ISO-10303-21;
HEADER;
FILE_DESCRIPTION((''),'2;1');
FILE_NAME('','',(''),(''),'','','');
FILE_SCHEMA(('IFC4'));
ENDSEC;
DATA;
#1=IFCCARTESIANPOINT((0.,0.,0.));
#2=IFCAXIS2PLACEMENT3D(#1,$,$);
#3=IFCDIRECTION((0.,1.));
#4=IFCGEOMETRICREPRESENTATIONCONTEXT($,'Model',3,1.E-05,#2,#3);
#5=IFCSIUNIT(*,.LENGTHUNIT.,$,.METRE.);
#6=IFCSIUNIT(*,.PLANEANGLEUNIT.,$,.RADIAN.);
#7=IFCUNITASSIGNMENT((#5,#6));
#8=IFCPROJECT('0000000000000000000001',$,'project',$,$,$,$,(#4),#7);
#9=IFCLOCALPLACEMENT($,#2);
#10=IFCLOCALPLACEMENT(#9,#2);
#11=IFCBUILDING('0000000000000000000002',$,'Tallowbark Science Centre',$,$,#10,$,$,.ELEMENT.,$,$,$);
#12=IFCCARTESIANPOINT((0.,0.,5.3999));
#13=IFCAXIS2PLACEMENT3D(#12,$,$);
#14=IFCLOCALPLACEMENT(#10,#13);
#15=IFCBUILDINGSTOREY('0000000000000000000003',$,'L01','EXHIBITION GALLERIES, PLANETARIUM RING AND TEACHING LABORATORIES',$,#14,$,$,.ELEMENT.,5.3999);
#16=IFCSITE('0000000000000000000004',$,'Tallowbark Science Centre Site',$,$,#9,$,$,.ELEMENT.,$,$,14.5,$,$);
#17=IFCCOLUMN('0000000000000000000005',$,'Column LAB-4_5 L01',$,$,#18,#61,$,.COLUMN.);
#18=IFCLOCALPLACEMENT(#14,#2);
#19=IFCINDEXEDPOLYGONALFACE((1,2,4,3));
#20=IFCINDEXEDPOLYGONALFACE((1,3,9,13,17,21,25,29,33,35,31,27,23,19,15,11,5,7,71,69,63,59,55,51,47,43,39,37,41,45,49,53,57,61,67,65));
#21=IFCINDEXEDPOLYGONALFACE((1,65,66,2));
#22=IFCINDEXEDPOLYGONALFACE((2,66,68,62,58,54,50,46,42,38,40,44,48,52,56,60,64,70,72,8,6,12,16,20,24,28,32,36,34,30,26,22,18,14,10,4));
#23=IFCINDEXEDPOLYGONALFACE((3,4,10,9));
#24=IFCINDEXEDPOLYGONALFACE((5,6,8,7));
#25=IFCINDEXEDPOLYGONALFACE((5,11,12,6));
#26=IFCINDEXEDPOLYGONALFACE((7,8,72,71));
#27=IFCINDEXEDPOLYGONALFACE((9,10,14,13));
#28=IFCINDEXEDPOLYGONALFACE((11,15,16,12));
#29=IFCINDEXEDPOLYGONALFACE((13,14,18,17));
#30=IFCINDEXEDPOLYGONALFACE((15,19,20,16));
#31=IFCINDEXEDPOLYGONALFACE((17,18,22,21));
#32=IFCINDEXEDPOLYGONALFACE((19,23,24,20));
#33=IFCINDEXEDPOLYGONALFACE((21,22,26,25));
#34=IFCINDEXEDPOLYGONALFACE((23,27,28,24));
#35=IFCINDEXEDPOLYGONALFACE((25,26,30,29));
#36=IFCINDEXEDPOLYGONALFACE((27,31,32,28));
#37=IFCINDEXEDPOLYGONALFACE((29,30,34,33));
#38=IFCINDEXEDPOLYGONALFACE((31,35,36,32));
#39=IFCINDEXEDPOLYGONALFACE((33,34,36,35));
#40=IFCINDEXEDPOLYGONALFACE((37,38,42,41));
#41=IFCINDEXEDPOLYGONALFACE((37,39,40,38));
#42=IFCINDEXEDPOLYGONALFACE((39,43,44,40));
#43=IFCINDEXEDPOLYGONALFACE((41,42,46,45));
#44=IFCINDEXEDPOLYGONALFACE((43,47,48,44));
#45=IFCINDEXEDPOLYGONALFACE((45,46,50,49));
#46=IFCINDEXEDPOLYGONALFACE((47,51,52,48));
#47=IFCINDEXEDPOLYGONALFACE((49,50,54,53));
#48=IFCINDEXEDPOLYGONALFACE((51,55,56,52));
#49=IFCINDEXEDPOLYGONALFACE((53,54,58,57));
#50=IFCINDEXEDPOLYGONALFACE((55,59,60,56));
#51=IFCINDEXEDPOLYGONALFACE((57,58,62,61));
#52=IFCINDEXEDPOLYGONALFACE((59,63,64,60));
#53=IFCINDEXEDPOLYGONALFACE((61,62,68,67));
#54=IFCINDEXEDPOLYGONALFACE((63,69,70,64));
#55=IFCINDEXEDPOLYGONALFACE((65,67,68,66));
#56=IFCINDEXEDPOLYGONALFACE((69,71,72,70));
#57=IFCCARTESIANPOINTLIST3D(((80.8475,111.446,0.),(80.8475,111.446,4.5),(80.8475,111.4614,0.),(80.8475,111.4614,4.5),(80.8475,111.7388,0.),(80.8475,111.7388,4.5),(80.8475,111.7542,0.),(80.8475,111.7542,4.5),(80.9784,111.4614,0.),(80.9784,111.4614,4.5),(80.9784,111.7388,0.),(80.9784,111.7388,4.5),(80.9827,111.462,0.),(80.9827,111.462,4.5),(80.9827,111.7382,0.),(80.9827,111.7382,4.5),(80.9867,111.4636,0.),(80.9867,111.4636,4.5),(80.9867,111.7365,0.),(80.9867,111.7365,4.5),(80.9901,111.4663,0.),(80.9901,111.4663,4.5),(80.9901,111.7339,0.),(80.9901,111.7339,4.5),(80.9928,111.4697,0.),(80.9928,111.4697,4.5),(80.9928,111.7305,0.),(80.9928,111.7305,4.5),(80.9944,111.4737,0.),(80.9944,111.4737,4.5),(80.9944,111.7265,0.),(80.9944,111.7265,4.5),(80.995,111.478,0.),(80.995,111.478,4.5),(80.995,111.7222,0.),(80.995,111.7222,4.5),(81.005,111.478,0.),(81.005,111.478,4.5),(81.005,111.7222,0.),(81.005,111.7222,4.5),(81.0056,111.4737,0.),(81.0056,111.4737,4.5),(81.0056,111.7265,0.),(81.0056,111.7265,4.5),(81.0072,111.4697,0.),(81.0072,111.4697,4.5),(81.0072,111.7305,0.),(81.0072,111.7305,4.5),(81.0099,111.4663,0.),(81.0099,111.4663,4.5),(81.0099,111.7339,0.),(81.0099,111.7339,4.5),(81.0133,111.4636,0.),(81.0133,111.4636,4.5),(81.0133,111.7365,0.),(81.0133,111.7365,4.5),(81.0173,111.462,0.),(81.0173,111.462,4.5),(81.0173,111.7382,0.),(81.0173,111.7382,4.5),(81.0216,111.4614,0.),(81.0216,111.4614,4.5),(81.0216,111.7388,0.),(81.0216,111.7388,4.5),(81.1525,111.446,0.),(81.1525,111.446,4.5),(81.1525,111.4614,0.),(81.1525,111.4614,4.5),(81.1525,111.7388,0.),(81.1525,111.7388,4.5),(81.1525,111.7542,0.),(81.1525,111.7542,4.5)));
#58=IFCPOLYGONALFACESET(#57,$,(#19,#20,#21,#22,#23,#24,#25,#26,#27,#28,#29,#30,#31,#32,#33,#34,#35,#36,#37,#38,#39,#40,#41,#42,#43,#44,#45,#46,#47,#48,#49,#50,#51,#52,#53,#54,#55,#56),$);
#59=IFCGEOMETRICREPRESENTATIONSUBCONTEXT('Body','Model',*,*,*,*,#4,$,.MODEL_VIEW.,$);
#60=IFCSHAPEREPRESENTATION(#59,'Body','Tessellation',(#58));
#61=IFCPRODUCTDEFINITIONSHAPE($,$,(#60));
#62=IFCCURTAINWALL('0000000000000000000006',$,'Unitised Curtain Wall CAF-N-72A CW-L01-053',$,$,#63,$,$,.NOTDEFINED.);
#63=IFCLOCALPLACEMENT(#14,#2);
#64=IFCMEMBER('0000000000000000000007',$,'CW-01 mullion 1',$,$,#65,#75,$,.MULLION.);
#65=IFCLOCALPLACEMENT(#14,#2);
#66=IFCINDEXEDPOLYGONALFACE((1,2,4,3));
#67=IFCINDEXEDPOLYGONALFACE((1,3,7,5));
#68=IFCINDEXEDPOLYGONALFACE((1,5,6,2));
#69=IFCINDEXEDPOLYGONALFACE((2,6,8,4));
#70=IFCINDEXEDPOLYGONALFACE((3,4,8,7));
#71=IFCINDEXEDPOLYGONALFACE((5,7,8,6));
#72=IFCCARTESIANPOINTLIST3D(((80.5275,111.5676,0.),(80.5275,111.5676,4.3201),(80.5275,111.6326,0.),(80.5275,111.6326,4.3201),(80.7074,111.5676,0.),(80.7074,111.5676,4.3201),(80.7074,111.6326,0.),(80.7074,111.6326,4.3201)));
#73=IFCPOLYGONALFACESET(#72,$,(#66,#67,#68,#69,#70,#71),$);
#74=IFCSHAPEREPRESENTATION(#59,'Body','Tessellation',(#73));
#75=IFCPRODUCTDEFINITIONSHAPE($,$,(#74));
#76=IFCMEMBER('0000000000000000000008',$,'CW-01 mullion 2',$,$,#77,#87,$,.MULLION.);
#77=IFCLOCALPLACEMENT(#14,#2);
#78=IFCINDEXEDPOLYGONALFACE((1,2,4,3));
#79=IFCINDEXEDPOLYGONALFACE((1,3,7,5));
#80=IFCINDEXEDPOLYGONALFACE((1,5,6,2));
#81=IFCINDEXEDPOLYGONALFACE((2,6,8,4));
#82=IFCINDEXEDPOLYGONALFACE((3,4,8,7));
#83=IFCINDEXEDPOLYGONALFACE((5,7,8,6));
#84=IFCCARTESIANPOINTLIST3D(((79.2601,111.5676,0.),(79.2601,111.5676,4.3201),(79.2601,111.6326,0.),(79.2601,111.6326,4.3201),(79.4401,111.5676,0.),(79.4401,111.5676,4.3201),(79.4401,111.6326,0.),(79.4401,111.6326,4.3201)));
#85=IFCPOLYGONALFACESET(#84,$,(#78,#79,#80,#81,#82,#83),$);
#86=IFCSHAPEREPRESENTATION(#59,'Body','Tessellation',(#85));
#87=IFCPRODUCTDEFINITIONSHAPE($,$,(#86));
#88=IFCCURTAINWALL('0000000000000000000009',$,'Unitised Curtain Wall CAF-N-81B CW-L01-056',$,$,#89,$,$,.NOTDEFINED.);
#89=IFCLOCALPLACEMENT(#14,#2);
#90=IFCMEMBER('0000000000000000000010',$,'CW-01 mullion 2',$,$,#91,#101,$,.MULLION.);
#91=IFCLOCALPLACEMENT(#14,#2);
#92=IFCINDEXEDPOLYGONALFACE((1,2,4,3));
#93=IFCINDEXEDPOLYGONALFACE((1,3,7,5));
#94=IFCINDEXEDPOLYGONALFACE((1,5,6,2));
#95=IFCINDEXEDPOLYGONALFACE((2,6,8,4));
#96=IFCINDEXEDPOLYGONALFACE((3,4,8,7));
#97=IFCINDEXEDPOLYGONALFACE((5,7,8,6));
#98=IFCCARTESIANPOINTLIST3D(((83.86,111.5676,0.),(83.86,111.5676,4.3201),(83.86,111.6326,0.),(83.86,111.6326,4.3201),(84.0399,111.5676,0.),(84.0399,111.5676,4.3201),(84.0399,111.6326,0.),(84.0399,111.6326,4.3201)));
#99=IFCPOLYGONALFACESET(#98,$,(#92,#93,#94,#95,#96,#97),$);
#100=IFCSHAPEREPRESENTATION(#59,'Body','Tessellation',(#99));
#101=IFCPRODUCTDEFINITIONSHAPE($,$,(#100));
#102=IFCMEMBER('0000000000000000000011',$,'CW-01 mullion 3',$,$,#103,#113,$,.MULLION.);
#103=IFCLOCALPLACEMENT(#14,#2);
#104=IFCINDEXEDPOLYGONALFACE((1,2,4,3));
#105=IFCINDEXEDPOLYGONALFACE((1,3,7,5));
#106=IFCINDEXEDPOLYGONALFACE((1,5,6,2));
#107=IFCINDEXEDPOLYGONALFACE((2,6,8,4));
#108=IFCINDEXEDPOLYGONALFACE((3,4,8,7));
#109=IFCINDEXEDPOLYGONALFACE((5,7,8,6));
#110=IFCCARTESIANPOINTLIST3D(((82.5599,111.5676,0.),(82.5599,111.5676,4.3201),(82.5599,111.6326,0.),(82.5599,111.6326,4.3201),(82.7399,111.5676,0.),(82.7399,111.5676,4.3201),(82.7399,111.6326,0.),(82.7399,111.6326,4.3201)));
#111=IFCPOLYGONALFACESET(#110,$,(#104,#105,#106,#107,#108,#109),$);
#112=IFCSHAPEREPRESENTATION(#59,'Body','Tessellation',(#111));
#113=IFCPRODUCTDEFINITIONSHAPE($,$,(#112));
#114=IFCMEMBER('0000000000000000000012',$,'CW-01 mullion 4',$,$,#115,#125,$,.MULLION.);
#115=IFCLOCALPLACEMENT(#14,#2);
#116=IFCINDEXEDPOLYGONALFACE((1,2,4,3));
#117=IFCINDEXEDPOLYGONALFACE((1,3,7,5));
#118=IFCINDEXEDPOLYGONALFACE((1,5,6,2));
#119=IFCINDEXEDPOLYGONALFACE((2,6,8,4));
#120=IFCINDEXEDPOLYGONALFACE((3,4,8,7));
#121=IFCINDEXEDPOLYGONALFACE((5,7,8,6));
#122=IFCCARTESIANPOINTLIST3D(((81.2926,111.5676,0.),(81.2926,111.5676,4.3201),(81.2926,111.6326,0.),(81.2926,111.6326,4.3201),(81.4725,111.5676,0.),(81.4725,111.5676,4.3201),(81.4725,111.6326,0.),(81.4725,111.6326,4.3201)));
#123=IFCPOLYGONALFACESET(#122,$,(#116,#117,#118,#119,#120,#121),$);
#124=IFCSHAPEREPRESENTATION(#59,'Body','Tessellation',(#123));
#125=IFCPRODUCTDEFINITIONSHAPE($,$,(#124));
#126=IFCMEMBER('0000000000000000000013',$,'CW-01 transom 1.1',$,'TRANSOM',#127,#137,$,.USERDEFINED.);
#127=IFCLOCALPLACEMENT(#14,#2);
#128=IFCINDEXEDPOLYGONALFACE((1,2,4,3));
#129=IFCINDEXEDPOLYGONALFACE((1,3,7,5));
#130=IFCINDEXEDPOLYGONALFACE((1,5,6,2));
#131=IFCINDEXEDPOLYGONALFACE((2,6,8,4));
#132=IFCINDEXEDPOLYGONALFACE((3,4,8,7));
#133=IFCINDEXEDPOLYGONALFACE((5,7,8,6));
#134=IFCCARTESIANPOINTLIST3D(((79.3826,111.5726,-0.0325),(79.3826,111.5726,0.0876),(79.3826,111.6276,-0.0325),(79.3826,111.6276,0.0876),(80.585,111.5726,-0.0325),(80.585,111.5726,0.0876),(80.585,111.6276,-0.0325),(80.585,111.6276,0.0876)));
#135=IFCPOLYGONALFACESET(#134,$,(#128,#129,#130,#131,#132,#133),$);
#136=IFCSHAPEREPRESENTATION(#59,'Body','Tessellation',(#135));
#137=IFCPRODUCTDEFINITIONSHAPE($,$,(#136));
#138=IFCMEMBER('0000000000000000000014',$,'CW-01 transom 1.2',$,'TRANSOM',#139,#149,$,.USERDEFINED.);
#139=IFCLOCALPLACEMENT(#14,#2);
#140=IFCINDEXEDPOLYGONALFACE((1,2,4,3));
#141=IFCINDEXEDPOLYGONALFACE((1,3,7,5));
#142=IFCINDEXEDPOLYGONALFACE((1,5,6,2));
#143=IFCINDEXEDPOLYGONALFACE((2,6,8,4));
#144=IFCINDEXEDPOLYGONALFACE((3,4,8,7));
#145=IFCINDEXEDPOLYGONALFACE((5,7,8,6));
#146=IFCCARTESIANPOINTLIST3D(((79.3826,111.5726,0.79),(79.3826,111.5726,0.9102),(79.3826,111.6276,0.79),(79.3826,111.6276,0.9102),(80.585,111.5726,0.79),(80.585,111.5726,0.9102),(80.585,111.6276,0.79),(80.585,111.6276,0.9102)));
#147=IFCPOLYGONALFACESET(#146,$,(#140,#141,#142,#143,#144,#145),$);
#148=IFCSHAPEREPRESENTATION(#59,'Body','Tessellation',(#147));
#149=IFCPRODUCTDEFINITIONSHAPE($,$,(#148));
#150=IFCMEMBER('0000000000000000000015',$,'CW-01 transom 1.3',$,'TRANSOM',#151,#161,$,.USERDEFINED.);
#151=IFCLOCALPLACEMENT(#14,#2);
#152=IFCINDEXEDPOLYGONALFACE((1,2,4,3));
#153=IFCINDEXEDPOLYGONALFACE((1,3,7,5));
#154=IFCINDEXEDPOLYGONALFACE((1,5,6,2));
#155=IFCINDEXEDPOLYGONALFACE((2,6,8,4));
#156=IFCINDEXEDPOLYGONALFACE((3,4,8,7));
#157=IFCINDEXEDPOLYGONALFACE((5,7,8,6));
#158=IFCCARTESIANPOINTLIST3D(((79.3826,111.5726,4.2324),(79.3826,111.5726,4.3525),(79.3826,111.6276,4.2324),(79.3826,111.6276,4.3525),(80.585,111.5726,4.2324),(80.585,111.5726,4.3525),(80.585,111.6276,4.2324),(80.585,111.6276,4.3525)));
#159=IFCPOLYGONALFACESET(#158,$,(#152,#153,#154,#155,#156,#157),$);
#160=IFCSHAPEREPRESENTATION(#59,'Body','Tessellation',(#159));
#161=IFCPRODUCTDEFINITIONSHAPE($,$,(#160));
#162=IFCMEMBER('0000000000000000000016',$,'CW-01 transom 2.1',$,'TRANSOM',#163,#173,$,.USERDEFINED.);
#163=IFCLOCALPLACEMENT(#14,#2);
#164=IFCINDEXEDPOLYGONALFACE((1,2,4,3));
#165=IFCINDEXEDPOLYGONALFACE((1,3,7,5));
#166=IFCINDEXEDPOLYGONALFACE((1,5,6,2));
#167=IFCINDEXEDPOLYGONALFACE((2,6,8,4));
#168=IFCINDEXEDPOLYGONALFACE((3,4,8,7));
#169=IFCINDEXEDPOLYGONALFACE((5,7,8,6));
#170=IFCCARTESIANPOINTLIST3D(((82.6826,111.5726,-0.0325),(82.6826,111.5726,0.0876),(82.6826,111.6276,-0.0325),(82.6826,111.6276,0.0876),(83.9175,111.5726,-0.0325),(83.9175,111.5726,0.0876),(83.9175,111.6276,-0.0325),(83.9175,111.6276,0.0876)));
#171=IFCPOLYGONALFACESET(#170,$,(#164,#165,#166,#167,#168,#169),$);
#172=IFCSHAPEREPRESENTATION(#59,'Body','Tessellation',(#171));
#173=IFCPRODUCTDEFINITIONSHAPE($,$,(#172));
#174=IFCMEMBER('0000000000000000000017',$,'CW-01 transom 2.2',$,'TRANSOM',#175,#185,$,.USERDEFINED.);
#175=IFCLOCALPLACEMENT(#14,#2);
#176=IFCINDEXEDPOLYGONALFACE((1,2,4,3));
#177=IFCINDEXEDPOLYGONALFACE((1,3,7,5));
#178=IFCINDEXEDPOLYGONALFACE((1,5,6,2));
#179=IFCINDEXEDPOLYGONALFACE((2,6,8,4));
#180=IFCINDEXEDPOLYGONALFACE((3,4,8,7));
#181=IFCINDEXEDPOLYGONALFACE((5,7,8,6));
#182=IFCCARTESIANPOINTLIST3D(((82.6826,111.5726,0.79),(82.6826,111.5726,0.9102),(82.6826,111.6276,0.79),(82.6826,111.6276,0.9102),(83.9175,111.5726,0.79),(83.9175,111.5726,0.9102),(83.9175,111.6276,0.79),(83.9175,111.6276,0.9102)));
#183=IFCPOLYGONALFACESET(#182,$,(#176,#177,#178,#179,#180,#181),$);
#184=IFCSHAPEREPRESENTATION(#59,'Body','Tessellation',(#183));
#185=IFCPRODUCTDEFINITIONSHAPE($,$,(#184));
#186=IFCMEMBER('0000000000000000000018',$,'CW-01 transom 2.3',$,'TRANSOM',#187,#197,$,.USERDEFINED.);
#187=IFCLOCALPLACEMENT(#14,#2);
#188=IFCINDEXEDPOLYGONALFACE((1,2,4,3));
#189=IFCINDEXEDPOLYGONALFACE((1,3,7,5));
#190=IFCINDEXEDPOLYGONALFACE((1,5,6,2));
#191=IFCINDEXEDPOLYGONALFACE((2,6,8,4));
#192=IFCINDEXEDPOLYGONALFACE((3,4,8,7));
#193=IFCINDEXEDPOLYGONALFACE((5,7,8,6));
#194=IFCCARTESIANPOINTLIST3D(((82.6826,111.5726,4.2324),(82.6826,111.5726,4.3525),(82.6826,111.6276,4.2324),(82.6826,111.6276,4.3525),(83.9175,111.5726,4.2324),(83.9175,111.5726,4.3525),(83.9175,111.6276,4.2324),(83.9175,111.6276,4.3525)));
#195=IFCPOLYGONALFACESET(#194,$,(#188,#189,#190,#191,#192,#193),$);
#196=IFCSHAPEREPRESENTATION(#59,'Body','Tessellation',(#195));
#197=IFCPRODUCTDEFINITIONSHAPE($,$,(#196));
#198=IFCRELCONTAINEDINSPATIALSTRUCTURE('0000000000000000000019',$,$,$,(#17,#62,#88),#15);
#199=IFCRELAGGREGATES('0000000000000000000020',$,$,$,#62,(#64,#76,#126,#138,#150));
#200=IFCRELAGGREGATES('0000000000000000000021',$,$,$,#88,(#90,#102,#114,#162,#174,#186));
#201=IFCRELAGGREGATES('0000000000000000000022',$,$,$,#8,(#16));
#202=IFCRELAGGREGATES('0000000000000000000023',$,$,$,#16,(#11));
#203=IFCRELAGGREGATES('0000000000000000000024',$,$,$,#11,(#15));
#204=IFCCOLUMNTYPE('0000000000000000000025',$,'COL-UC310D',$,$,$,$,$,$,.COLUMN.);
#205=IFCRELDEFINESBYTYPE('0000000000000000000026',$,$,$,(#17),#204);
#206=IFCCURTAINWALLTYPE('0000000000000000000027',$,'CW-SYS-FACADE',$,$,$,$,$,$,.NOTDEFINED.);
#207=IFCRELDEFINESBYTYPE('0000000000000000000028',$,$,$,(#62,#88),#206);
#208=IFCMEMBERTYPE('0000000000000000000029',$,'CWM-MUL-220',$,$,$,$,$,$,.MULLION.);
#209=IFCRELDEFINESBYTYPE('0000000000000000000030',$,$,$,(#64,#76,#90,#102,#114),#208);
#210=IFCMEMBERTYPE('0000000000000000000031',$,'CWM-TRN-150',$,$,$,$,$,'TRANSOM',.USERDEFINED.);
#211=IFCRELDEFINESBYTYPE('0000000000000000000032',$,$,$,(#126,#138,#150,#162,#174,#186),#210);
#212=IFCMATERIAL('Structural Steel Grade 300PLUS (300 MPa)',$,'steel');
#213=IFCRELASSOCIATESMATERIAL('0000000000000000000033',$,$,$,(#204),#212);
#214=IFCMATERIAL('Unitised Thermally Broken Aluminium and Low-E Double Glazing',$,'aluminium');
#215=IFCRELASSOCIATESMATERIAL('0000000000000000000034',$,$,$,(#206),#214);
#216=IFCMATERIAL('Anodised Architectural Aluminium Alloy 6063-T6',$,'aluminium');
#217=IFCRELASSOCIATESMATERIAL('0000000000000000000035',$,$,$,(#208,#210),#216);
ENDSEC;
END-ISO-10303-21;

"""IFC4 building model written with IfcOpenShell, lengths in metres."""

from ifc_helpers import new_model, si_unit, direction, frame, origin, origin_2d, place, context, subcontext, project, spatial, rectangle, i_section, extrude, material, material_profile, profile_set, type_object, element, aggregate, save


model = new_model("IFC4")

# Units and contexts
model_context = context("Model", 3, precision=1e-05, world=origin(), true_north=direction((0.0, 1.0)))
body_context = subcontext(model_context, "Body", "Model", "MODEL_VIEW")
ifc_project = project(units=[si_unit("LENGTHUNIT", "METRE"), si_unit("PLANEANGLEUNIT", "RADIAN")], contexts=[model_context])

# Site, building, storey
site_placement = place(None, origin())
site = spatial("IfcSite", under=ifc_project, at=site_placement, Name="Tallowbark Science Centre Site", CompositionType="ELEMENT", RefElevation=14.5)
building_placement = place(site_placement, origin())
building = spatial("IfcBuilding", under=site, at=building_placement, Name="Tallowbark Science Centre", CompositionType="ELEMENT")
storey_placement = place(building_placement, frame((0.0, 0.0, 5.3999)))
storey = spatial("IfcBuildingStorey", under=building, at=storey_placement, Name="L01", Description="EXHIBITION GALLERIES, PLANETARIUM RING AND TEACHING LABORATORIES", CompositionType="ELEMENT", Elevation=5.3999)

# Column
ifc_material_1 = material(Name="Structural Steel Grade 300PLUS (300 MPa)", Category="steel")
ifc_material_profile_1 = material_profile(ifc_material_1, i_section(OverallWidth=0.3049, OverallDepth=0.3081, WebThickness=0.01, FlangeThickness=0.0154, FilletRadius=0.0166, at=origin_2d()), Name="310UC96.8")
ifc_profile_set_1 = profile_set([ifc_material_profile_1], Name="Structural Steel Grade 300PLUS (300 MPa)")
column_type = type_object("IfcColumnType", Name="COL-UC310D", PredefinedType="COLUMN", material=ifc_profile_set_1)
column_placement = place(storey_placement, frame((81.0, 111.6001, 0.0), z_axis=(0.0, 0.0, 1.0), x_axis=(1.0, 0.0, 0.0)))
element("IfcColumn", 1, at=column_placement, inside=storey, type_object=column_type, Name="Column LAB-4_5 L01", PredefinedType="COLUMN", context=body_context, shape_type="SweptSolid", body=[
    extrude(i_section(OverallWidth=0.3049, OverallDepth=0.3081, WebThickness=0.01, FlangeThickness=0.0154, FilletRadius=0.0166, at=origin_2d()), origin(), (0.0, 0.0, 1.0), 4.5),
])

# Curtain walls, members
ifc_material_2 = material(Name="Unitised Thermally Broken Aluminium and Low-E Double Glazing", Category="aluminium")
curtain_wall_type = type_object("IfcCurtainWallType", Name="CW-SYS-FACADE", PredefinedType="NOTDEFINED", material=ifc_material_2)
curtain_wall_1_placement = place(storey_placement, origin())
curtain_wall_1 = element("IfcCurtainWall", 2, at=curtain_wall_1_placement, inside=storey, type_object=curtain_wall_type, Name="Unitised Curtain Wall CAF-N-72A CW-L01-053", PredefinedType="NOTDEFINED")
ifc_material_3 = material(Name="Anodised Architectural Aluminium Alloy 6063-T6", Category="aluminium")
ifc_material_profile_2 = material_profile(ifc_material_3, rectangle(XDim=0.0649, YDim=0.1799, at=origin_2d()), Name="ALU65x180")
ifc_profile_set_2 = profile_set([ifc_material_profile_2], Name="Anodised Architectural Aluminium Alloy 6063-T6")
member_type_1 = type_object("IfcMemberType", Name="CWM-MUL-220", PredefinedType="MULLION", material=ifc_profile_set_2)
member_1_placement = place(storey_placement, frame((80.6174, 111.6001, 0.0), z_axis=(0.0, 0.0, 1.0), x_axis=(0.0, -1.0, 0.0)))
member_1 = element("IfcMember", 3, at=member_1_placement, type_object=member_type_1, Name="CW-01 mullion 1", PredefinedType="MULLION", context=body_context, shape_type="SweptSolid", body=[
    extrude(rectangle(XDim=0.0649, YDim=0.1799, at=origin_2d()), origin(), (0.0, 0.0, 1.0), 4.3201),
])
member_2_placement = place(storey_placement, frame((79.3501, 111.6001, 0.0), z_axis=(0.0, 0.0, 1.0), x_axis=(0.0, -1.0, 0.0)))
member_2 = element("IfcMember", 4, at=member_2_placement, type_object=member_type_1, Name="CW-01 mullion 2", PredefinedType="MULLION", context=body_context, shape_type="SweptSolid", body=[
    extrude(rectangle(XDim=0.0649, YDim=0.1799, at=origin_2d()), origin(), (0.0, 0.0, 1.0), 4.3201),
])
curtain_wall_2_placement = place(storey_placement, origin())
curtain_wall_2 = element("IfcCurtainWall", 5, at=curtain_wall_2_placement, inside=storey, type_object=curtain_wall_type, Name="Unitised Curtain Wall CAF-N-81B CW-L01-056", PredefinedType="NOTDEFINED")
member_3_placement = place(storey_placement, frame((83.95, 111.6001, 0.0), z_axis=(0.0, 0.0, 1.0), x_axis=(0.0, -1.0, 0.0)))
member_3 = element("IfcMember", 6, at=member_3_placement, type_object=member_type_1, Name="CW-01 mullion 2", PredefinedType="MULLION", context=body_context, shape_type="SweptSolid", body=[
    extrude(rectangle(XDim=0.0649, YDim=0.1799, at=origin_2d()), origin(), (0.0, 0.0, 1.0), 4.3201),
])
member_4_placement = place(storey_placement, frame((82.6499, 111.6001, 0.0), z_axis=(0.0, 0.0, 1.0), x_axis=(0.0, -1.0, 0.0)))
member_4 = element("IfcMember", 7, at=member_4_placement, type_object=member_type_1, Name="CW-01 mullion 3", PredefinedType="MULLION", context=body_context, shape_type="SweptSolid", body=[
    extrude(rectangle(XDim=0.0649, YDim=0.1799, at=origin_2d()), origin(), (0.0, 0.0, 1.0), 4.3201),
])
member_5_placement = place(storey_placement, frame((81.3826, 111.6001, 0.0), z_axis=(0.0, 0.0, 1.0), x_axis=(0.0, -1.0, 0.0)))
member_5 = element("IfcMember", 8, at=member_5_placement, type_object=member_type_1, Name="CW-01 mullion 4", PredefinedType="MULLION", context=body_context, shape_type="SweptSolid", body=[
    extrude(rectangle(XDim=0.0649, YDim=0.1799, at=origin_2d()), origin(), (0.0, 0.0, 1.0), 4.3201),
])

# Members
ifc_material_profile_3 = material_profile(ifc_material_3, rectangle(XDim=0.0549, YDim=0.1201, at=origin_2d()), Name="ALU55x120")
ifc_profile_set_3 = profile_set([ifc_material_profile_3], Name="Anodised Architectural Aluminium Alloy 6063-T6")
member_type_2 = type_object("IfcMemberType", Name="CWM-TRN-150", ElementType="TRANSOM", PredefinedType="USERDEFINED", material=ifc_profile_set_3)
member_6_placement = place(storey_placement, frame((80.585, 111.6001, 0.0276), z_axis=(-1.0, 0.0, 0.0), x_axis=(0.0, -1.0, 0.0)))
member_6 = element("IfcMember", 9, at=member_6_placement, type_object=member_type_2, Name="CW-01 transom 1.1", ObjectType="TRANSOM", PredefinedType="USERDEFINED", context=body_context, shape_type="SweptSolid", body=[
    extrude(rectangle(XDim=0.0549, YDim=0.1201, at=origin_2d()), origin(), (0.0, 0.0, 1.0), 1.2024),
])
member_7_placement = place(storey_placement, frame((80.585, 111.6001, 0.8501), z_axis=(-1.0, 0.0, 0.0), x_axis=(0.0, -1.0, 0.0)))
member_7 = element("IfcMember", 10, at=member_7_placement, type_object=member_type_2, Name="CW-01 transom 1.2", ObjectType="TRANSOM", PredefinedType="USERDEFINED", context=body_context, shape_type="SweptSolid", body=[
    extrude(rectangle(XDim=0.0549, YDim=0.1201, at=origin_2d()), origin(), (0.0, 0.0, 1.0), 1.2024),
])
member_8_placement = place(storey_placement, frame((80.585, 111.6001, 4.2925), z_axis=(-1.0, 0.0, 0.0), x_axis=(0.0, -1.0, 0.0)))
member_8 = element("IfcMember", 11, at=member_8_placement, type_object=member_type_2, Name="CW-01 transom 1.3", ObjectType="TRANSOM", PredefinedType="USERDEFINED", context=body_context, shape_type="SweptSolid", body=[
    extrude(rectangle(XDim=0.0549, YDim=0.1201, at=origin_2d()), origin(), (0.0, 0.0, 1.0), 1.2024),
])
member_9_placement = place(storey_placement, frame((83.9175, 111.6001, 0.0276), z_axis=(-1.0, 0.0, 0.0), x_axis=(0.0, -1.0, 0.0)))
member_9 = element("IfcMember", 12, at=member_9_placement, type_object=member_type_2, Name="CW-01 transom 2.1", ObjectType="TRANSOM", PredefinedType="USERDEFINED", context=body_context, shape_type="SweptSolid", body=[
    extrude(rectangle(XDim=0.0549, YDim=0.1201, at=origin_2d()), origin(), (0.0, 0.0, 1.0), 1.2349),
])
member_10_placement = place(storey_placement, frame((83.9175, 111.6001, 0.8501), z_axis=(-1.0, 0.0, 0.0), x_axis=(0.0, -1.0, 0.0)))
member_10 = element("IfcMember", 13, at=member_10_placement, type_object=member_type_2, Name="CW-01 transom 2.2", ObjectType="TRANSOM", PredefinedType="USERDEFINED", context=body_context, shape_type="SweptSolid", body=[
    extrude(rectangle(XDim=0.0549, YDim=0.1201, at=origin_2d()), origin(), (0.0, 0.0, 1.0), 1.2349),
])
member_11_placement = place(storey_placement, frame((83.9175, 111.6001, 4.2925), z_axis=(-1.0, 0.0, 0.0), x_axis=(0.0, -1.0, 0.0)))
member_11 = element("IfcMember", 14, at=member_11_placement, type_object=member_type_2, Name="CW-01 transom 2.3", ObjectType="TRANSOM", PredefinedType="USERDEFINED", context=body_context, shape_type="SweptSolid", body=[
    extrude(rectangle(XDim=0.0549, YDim=0.1201, at=origin_2d()), origin(), (0.0, 0.0, 1.0), 1.2349),
])

aggregate(curtain_wall_1, [member_1, member_2, member_6, member_7, member_8])
aggregate(curtain_wall_2, [member_3, member_4, member_5, member_9, member_10, member_11])

save(model, "model.ifc")
